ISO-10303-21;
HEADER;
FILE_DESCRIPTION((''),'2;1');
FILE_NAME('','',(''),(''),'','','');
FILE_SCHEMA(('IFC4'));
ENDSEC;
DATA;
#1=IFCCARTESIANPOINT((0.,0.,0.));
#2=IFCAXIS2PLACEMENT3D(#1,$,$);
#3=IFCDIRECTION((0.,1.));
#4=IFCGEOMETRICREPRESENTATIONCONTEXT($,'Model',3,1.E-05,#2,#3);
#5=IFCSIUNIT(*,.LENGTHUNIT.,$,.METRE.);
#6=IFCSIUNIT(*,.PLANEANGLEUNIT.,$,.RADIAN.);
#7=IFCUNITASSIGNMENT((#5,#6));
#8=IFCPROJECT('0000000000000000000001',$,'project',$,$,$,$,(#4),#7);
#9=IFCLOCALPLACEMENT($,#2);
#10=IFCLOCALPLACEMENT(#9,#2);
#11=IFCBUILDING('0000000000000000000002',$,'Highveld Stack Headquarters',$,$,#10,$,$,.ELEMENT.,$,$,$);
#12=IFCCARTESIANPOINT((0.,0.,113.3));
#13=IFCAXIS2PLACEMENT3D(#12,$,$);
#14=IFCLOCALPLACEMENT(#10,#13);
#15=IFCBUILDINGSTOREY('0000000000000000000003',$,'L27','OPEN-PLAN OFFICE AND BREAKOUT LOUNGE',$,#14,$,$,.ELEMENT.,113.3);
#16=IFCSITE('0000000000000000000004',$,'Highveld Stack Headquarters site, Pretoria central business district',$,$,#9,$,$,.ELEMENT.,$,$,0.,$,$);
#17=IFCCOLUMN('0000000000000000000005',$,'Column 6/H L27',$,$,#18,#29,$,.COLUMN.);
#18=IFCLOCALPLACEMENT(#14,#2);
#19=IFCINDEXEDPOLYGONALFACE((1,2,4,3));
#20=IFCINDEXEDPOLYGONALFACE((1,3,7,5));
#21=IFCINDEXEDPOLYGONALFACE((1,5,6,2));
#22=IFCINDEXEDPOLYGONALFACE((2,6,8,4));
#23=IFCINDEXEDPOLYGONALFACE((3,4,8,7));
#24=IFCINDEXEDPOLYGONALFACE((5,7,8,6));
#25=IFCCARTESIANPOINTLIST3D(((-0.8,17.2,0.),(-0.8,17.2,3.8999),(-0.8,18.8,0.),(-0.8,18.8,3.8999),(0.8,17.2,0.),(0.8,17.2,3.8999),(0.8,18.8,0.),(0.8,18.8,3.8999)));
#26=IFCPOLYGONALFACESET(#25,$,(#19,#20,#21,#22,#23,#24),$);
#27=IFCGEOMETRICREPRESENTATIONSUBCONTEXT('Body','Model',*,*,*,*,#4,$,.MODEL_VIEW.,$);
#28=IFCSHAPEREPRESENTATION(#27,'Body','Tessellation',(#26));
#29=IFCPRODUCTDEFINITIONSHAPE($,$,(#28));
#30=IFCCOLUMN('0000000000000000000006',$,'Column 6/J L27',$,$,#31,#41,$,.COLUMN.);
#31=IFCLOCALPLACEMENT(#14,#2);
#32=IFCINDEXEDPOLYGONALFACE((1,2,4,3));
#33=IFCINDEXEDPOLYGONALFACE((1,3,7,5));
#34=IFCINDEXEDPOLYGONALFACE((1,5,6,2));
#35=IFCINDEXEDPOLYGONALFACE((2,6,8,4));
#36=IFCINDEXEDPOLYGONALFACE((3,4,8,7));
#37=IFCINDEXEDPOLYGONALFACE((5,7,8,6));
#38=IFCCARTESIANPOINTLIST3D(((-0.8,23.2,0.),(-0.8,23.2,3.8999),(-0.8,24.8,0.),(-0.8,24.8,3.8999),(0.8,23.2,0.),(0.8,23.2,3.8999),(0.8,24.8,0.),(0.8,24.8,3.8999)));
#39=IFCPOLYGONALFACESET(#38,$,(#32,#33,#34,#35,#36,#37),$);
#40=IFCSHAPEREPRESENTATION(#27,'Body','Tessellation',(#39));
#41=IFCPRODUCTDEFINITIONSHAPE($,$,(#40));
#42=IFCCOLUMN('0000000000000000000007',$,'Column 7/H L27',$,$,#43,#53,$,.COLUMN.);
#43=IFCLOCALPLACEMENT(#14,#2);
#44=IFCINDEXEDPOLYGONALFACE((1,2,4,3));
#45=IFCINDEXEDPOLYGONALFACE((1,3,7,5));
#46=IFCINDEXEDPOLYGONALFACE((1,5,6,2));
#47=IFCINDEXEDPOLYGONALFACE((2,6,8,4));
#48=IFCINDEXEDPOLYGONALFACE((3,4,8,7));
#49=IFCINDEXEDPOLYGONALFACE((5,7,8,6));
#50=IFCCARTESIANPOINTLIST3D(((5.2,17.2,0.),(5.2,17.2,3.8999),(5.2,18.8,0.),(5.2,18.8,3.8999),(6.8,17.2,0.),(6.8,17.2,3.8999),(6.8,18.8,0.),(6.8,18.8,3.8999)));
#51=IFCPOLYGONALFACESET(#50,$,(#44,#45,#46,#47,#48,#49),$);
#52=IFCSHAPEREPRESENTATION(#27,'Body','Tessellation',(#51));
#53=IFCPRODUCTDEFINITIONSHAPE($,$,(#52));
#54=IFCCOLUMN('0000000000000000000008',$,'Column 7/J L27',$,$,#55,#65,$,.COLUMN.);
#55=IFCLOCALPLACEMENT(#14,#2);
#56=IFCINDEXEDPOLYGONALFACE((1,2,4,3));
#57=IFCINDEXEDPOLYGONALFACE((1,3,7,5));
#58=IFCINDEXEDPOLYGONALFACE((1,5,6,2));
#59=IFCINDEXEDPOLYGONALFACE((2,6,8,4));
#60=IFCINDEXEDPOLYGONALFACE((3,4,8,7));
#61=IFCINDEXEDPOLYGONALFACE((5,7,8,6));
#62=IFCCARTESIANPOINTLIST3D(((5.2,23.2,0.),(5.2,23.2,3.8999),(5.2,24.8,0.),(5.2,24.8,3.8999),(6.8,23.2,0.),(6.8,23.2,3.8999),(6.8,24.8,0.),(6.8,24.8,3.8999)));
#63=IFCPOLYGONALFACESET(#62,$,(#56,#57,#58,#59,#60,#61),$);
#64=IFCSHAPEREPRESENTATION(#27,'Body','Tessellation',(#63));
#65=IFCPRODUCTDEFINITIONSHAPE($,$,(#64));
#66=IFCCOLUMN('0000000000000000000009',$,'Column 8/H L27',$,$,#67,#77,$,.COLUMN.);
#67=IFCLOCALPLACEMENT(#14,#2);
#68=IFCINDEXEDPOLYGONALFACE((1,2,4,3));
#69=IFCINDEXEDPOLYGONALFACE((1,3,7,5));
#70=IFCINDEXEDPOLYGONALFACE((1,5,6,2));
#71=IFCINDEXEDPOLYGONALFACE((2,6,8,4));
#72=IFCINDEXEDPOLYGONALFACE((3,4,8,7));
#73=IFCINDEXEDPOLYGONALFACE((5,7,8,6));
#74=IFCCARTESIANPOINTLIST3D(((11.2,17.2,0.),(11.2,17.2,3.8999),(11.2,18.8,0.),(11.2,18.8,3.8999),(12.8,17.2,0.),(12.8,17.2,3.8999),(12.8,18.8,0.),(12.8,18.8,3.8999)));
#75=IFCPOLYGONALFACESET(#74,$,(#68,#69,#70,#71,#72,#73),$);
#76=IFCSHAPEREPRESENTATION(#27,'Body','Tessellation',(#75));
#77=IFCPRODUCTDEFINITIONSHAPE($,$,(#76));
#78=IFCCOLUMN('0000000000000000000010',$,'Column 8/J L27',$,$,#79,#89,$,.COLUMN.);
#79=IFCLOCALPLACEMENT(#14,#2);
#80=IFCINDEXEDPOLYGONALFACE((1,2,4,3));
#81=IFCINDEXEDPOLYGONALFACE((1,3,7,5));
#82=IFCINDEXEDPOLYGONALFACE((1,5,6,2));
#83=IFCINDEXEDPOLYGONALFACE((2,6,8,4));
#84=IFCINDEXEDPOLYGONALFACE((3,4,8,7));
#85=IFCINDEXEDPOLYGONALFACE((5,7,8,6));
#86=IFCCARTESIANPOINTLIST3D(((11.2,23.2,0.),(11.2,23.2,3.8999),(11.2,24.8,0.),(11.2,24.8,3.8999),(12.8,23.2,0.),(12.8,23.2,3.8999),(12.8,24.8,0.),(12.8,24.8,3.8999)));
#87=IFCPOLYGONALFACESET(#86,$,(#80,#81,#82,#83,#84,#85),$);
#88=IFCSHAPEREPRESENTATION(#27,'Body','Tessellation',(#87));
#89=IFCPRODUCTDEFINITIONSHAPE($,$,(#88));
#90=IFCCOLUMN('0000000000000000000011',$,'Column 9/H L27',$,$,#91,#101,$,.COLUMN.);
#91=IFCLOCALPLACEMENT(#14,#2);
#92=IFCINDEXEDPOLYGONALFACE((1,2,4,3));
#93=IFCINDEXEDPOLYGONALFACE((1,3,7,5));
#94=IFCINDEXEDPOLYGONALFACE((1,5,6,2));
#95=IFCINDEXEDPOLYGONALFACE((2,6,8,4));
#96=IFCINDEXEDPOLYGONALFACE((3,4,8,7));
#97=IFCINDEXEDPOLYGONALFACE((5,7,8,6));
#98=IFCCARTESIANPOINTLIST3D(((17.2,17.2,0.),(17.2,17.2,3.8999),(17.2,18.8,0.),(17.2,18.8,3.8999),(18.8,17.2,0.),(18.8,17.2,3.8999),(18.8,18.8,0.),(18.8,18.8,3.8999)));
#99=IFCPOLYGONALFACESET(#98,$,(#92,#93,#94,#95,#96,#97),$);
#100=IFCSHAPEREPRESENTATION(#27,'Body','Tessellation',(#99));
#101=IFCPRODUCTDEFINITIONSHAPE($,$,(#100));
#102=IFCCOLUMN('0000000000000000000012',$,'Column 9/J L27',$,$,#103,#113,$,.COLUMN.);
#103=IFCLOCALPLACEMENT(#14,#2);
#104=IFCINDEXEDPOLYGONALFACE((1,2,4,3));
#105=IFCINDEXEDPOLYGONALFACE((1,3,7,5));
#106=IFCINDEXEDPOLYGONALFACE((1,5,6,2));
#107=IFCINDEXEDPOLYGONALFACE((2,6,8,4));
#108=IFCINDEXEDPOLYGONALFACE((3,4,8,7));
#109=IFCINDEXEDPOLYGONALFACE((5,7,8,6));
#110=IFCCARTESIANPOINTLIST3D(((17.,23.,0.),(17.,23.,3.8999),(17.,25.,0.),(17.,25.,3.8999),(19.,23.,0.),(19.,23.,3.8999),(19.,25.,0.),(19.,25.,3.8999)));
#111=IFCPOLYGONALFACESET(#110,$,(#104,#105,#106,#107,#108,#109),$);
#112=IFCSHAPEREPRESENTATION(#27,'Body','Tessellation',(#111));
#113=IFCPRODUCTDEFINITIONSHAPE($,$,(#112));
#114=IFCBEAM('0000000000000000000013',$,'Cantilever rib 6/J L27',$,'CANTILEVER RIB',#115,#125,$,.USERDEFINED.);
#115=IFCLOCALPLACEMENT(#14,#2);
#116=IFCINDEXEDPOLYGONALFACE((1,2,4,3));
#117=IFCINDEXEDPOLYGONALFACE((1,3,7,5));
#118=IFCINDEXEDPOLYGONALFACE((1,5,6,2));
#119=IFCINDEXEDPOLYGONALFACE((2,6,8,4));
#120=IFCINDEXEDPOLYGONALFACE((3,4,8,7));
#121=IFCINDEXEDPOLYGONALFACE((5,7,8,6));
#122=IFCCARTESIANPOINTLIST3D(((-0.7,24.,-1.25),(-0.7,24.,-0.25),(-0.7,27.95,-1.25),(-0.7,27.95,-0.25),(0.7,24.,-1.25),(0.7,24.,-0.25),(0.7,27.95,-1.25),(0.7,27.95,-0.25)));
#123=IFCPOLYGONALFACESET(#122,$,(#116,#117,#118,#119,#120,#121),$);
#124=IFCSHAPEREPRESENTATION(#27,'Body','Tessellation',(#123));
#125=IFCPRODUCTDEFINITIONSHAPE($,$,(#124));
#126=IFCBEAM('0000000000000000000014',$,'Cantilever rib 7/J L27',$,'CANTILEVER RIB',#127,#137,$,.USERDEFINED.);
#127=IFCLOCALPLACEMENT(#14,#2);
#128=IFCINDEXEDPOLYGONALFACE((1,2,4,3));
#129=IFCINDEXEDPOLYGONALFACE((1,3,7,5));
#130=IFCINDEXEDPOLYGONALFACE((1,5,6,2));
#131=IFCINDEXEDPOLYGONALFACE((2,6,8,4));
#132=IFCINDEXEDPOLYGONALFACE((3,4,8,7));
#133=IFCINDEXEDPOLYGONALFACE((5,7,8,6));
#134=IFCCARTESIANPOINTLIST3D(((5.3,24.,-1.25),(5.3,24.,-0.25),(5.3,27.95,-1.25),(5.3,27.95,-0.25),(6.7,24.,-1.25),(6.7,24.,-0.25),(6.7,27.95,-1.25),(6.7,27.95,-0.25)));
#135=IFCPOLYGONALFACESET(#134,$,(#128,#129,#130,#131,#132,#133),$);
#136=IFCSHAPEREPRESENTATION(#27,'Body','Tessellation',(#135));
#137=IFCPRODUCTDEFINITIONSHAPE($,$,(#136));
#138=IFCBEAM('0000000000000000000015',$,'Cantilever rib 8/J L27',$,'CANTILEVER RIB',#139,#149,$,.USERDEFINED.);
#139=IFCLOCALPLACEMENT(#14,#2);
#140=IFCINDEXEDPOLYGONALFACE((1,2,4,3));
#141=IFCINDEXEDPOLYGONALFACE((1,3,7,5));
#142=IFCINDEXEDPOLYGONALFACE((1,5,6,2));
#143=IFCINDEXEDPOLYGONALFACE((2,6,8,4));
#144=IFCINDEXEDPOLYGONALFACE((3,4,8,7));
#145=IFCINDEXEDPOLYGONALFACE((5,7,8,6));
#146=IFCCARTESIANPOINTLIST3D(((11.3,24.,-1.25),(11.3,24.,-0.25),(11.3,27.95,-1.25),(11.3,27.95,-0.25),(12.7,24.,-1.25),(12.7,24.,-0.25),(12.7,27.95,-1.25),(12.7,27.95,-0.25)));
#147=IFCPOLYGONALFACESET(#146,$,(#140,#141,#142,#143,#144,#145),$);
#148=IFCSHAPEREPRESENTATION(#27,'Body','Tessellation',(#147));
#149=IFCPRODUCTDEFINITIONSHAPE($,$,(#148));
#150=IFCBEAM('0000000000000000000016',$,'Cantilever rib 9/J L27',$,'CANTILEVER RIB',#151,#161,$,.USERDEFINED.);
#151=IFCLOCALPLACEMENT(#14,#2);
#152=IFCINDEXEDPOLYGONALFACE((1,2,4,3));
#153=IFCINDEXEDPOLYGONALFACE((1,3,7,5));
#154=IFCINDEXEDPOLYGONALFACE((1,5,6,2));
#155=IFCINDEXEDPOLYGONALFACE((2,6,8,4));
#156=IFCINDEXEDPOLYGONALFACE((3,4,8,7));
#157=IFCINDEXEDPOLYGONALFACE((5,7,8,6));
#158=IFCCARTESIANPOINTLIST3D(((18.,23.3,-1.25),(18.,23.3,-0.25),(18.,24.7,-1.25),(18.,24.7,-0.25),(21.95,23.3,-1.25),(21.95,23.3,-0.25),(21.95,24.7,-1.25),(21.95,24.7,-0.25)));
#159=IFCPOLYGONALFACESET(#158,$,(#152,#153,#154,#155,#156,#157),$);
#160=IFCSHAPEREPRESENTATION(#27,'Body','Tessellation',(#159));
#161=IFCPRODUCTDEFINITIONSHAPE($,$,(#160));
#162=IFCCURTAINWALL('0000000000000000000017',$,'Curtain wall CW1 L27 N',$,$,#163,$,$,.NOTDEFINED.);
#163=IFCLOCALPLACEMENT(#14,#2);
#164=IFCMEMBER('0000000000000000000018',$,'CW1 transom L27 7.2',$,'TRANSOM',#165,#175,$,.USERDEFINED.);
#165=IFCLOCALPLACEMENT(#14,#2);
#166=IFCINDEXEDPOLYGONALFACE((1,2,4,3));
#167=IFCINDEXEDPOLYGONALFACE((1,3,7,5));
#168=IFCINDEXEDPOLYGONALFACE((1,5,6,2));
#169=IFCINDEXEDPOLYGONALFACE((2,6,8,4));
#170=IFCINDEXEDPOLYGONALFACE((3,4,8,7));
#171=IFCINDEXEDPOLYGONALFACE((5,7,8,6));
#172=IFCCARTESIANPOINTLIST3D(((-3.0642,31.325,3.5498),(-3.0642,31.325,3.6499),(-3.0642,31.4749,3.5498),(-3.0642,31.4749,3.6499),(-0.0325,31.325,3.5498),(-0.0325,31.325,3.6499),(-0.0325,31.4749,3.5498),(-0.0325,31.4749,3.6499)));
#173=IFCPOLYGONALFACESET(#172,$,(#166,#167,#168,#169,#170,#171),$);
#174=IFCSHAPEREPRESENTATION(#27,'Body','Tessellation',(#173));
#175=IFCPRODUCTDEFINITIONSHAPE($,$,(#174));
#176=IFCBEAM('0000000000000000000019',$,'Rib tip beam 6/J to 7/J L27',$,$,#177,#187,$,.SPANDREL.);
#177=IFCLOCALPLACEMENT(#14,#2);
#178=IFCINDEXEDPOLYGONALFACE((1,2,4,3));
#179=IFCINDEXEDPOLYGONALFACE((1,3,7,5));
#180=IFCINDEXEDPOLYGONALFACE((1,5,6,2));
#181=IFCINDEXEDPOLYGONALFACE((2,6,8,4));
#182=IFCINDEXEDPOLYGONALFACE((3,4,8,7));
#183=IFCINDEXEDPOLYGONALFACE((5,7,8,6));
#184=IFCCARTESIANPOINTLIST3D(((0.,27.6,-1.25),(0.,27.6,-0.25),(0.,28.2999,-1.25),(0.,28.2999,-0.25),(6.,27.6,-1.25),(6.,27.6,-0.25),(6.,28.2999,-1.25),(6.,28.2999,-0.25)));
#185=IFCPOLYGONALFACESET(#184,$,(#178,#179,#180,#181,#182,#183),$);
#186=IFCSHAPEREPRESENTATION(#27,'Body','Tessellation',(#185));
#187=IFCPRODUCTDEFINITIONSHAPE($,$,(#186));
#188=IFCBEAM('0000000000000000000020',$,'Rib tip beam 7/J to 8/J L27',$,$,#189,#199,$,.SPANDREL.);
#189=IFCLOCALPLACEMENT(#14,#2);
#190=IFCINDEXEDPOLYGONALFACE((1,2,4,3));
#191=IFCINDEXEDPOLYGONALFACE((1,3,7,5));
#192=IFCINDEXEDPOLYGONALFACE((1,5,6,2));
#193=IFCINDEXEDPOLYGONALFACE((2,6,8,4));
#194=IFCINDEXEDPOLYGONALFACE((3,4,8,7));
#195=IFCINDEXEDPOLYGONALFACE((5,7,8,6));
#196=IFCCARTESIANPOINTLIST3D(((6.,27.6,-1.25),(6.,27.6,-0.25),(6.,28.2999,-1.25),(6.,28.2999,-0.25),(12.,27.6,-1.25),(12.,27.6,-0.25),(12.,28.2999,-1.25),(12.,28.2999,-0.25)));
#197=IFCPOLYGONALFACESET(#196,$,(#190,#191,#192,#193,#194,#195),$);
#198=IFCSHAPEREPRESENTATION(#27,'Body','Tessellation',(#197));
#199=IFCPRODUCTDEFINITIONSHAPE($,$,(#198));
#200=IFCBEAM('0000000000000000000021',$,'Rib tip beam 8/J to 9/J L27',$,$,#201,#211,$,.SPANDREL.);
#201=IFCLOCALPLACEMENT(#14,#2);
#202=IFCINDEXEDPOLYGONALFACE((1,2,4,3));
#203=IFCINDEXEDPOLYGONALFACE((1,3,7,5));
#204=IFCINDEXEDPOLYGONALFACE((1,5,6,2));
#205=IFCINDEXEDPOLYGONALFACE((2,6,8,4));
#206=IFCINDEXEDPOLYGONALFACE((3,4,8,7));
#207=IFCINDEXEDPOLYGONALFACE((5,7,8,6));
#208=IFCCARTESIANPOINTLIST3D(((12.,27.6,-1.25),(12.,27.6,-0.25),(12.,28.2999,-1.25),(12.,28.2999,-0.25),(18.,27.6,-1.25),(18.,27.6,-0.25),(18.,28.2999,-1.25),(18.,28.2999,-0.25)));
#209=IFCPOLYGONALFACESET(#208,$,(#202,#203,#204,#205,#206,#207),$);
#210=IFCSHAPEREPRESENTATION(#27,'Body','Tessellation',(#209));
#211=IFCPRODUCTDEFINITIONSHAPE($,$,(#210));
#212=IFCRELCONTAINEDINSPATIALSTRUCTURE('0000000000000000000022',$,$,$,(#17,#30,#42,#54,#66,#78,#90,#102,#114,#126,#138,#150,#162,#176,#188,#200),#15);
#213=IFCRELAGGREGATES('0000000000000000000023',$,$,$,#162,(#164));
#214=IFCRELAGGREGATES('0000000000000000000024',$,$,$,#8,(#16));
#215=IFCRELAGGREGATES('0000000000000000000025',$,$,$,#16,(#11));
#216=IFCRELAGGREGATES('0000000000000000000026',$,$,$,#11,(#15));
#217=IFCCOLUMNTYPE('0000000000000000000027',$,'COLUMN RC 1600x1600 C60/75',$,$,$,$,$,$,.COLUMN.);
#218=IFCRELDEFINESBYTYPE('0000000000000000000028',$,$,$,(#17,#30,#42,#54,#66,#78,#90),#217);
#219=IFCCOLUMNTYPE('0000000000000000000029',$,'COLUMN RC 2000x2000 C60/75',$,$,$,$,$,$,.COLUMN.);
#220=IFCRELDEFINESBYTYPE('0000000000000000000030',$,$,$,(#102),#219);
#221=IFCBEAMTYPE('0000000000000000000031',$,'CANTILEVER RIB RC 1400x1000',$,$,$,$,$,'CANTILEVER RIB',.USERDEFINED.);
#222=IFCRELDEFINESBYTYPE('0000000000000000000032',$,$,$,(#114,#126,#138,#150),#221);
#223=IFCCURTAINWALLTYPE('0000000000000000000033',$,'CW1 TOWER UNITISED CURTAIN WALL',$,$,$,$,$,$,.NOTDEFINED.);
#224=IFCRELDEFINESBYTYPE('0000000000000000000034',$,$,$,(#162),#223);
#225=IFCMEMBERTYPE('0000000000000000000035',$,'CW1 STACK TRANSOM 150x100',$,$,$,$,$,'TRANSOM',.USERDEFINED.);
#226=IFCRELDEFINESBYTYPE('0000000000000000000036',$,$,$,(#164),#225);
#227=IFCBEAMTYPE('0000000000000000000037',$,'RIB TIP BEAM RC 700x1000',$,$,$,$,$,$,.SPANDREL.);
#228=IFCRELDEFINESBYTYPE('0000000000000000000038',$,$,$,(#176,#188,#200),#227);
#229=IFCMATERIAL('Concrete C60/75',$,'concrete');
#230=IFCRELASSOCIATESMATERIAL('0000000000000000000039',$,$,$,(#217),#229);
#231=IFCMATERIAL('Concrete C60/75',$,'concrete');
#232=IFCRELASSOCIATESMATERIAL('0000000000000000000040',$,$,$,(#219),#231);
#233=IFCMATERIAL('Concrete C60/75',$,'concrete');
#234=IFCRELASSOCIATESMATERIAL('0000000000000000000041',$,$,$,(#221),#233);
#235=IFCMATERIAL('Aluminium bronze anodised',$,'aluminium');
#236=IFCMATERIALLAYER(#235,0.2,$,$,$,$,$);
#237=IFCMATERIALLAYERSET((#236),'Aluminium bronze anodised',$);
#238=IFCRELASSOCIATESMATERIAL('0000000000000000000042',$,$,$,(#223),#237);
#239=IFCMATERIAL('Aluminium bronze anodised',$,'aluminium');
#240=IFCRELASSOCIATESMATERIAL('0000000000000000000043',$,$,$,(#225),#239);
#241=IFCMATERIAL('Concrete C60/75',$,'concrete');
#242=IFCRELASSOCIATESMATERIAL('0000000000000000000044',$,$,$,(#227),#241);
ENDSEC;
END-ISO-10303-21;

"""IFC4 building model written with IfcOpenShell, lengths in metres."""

from ifc_helpers import new_model, si_unit, direction, frame, origin, origin_2d, place, context, subcontext, project, spatial, rectangle, extrude, material, layer, layer_set, material_profile, profile_set, type_object, element, aggregate, save


model = new_model("IFC4")

# Units and contexts
model_context = context("Model", 3, precision=1e-05, world=origin(), true_north=direction((0.0, 1.0)))
body_context = subcontext(model_context, "Body", "Model", "MODEL_VIEW")
ifc_project = project(units=[si_unit("LENGTHUNIT", "METRE"), si_unit("PLANEANGLEUNIT", "RADIAN")], contexts=[model_context])

# Site, building, storey
site_placement = place(None, origin())
site = spatial("IfcSite", under=ifc_project, at=site_placement, Name="Highveld Stack Headquarters site, Pretoria central business district", CompositionType="ELEMENT", RefElevation=0.0)
building_placement = place(site_placement, origin())
building = spatial("IfcBuilding", under=site, at=building_placement, Name="Highveld Stack Headquarters", CompositionType="ELEMENT")
storey_placement = place(building_placement, frame((0.0, 0.0, 113.3)))
storey = spatial("IfcBuildingStorey", under=building, at=storey_placement, Name="L27", Description="OPEN-PLAN OFFICE AND BREAKOUT LOUNGE", CompositionType="ELEMENT", Elevation=113.3)

# Columns
ifc_material_1 = material(Name="Concrete C60/75", Category="concrete")
ifc_material_profile_1 = material_profile(ifc_material_1, rectangle(XDim=1.6001, YDim=1.6001, at=origin_2d()), Name="RC 1600x1600")
ifc_profile_set_1 = profile_set([ifc_material_profile_1], Name="Concrete C60/75")
column_type_1 = type_object("IfcColumnType", Name="COLUMN RC 1600x1600 C60/75", PredefinedType="COLUMN", material=ifc_profile_set_1)
for number, where, z_axis, x_axis, name in (
    (1, (0.0, 18.0, 0.0), (0.0, 0.0, 1.0), (1.0, 0.0, 0.0), "Column 6/H L27"),
    (2, (0.0, 24.0, 0.0), (0.0, 0.0, 1.0), (1.0, 0.0, 0.0), "Column 6/J L27"),
    (3, (6.0, 18.0, 0.0), (0.0, 0.0, 1.0), (1.0, 0.0, 0.0), "Column 7/H L27"),
    (4, (6.0, 24.0, 0.0), (0.0, 0.0, 1.0), (1.0, 0.0, 0.0), "Column 7/J L27"),
    (5, (12.0, 18.0, 0.0), (0.0, 0.0, 1.0), (1.0, 0.0, 0.0), "Column 8/H L27"),
    (6, (12.0, 24.0, 0.0), (0.0, 0.0, 1.0), (1.0, 0.0, 0.0), "Column 8/J L27"),
    (7, (18.0, 18.0, 0.0), (0.0, 0.0, 1.0), (1.0, 0.0, 0.0), "Column 9/H L27"),
):
    element("IfcColumn", number, at=place(storey_placement, frame(where, z_axis=z_axis, x_axis=x_axis)), inside=storey, type_object=column_type_1, Name=name, PredefinedType="COLUMN", context=body_context, shape_type="SweptSolid", body=[
        extrude(rectangle(XDim=1.6001, YDim=1.6001, at=origin_2d()), origin(), (0.0, 0.0, 1.0), 3.8999),
    ])
ifc_material_2 = material(Name="Concrete C60/75", Category="concrete")
ifc_material_profile_2 = material_profile(ifc_material_2, rectangle(XDim=2.0, YDim=2.0, at=origin_2d()), Name="RC 2000x2000")
ifc_profile_set_2 = profile_set([ifc_material_profile_2], Name="Concrete C60/75")
column_type_2 = type_object("IfcColumnType", Name="COLUMN RC 2000x2000 C60/75", PredefinedType="COLUMN", material=ifc_profile_set_2)
column_placement = place(storey_placement, frame((18.0, 24.0, 0.0), z_axis=(0.0, 0.0, 1.0), x_axis=(1.0, 0.0, 0.0)))
element("IfcColumn", 8, at=column_placement, inside=storey, type_object=column_type_2, Name="Column 9/J L27", PredefinedType="COLUMN", context=body_context, shape_type="SweptSolid", body=[
    extrude(rectangle(XDim=2.0, YDim=2.0, at=origin_2d()), origin(), (0.0, 0.0, 1.0), 3.8999),
])

# Beams
ifc_material_3 = material(Name="Concrete C60/75", Category="concrete")
ifc_material_profile_3 = material_profile(ifc_material_3, rectangle(XDim=1.3999, YDim=1.0, at=origin_2d()), Name="RC 1400x1000")
ifc_profile_set_3 = profile_set([ifc_material_profile_3], Name="Concrete C60/75")
beam_type_1 = type_object("IfcBeamType", Name="CANTILEVER RIB RC 1400x1000", ElementType="CANTILEVER RIB", PredefinedType="USERDEFINED", material=ifc_profile_set_3)
for number, where, z_axis, x_axis, name in (
    (9, (0.0, 24.0, -0.75), (0.0, 1.0, 0.0), (-1.0, 0.0, 0.0), "Cantilever rib 6/J L27"),
    (10, (6.0, 24.0, -0.75), (0.0, 1.0, 0.0), (-1.0, 0.0, 0.0), "Cantilever rib 7/J L27"),
    (11, (12.0, 24.0, -0.75), (0.0, 1.0, 0.0), (-1.0, 0.0, 0.0), "Cantilever rib 8/J L27"),
    (12, (18.0, 24.0, -0.75), (1.0, 0.0, 0.0), (0.0, 1.0, 0.0), "Cantilever rib 9/J L27"),
):
    element("IfcBeam", number, at=place(storey_placement, frame(where, z_axis=z_axis, x_axis=x_axis)), inside=storey, type_object=beam_type_1, Name=name, ObjectType="CANTILEVER RIB", PredefinedType="USERDEFINED", context=body_context, shape_type="SweptSolid", body=[
        extrude(rectangle(XDim=1.3999, YDim=1.0, at=origin_2d()), origin(), (0.0, 0.0, 1.0), 3.95),
    ])

# Curtain wall, member
ifc_material_4 = material(Name="Aluminium bronze anodised", Category="aluminium")
ifc_layer_1 = layer(ifc_material_4, 0.2)
ifc_layer_set_1 = layer_set([ifc_layer_1], Name="Aluminium bronze anodised")
curtain_wall_type = type_object("IfcCurtainWallType", Name="CW1 TOWER UNITISED CURTAIN WALL", PredefinedType="NOTDEFINED", material=ifc_layer_set_1)
curtain_wall_placement = place(storey_placement, origin())
curtain_wall = element("IfcCurtainWall", 13, at=curtain_wall_placement, inside=storey, type_object=curtain_wall_type, Name="Curtain wall CW1 L27 N", PredefinedType="NOTDEFINED")
ifc_material_5 = material(Name="Aluminium bronze anodised", Category="aluminium")
ifc_material_profile_4 = material_profile(ifc_material_5, rectangle(XDim=0.1499, YDim=0.1001, at=origin_2d()), Name="CW1 TRANSOM 150x100")
ifc_profile_set_4 = profile_set([ifc_material_profile_4], Name="Aluminium bronze anodised")
member_type = type_object("IfcMemberType", Name="CW1 STACK TRANSOM 150x100", ElementType="TRANSOM", PredefinedType="USERDEFINED", material=ifc_profile_set_4)
member_placement = place(storey_placement, frame((-0.0325, 31.3999, 3.5999), z_axis=(-1.0, 0.0, 0.0), x_axis=(0.0, -1.0, 0.0)))
member = element("IfcMember", 14, at=member_placement, type_object=member_type, Name="CW1 transom L27 7.2", ObjectType="TRANSOM", PredefinedType="USERDEFINED", context=body_context, shape_type="SweptSolid", body=[
    extrude(rectangle(XDim=0.1499, YDim=0.1001, at=origin_2d()), origin(), (0.0, 0.0, 1.0), 3.0317),
])
aggregate(curtain_wall, [member])

# Beams
ifc_material_6 = material(Name="Concrete C60/75", Category="concrete")
ifc_material_profile_5 = material_profile(ifc_material_6, rectangle(XDim=0.7, YDim=1.0, at=origin_2d()), Name="RC 700x1000")
ifc_profile_set_5 = profile_set([ifc_material_profile_5], Name="Concrete C60/75")
beam_type_2 = type_object("IfcBeamType", Name="RIB TIP BEAM RC 700x1000", PredefinedType="SPANDREL", material=ifc_profile_set_5)
for number, where, z_axis, x_axis, name in (
    (15, (0.0, 27.95, -0.75), (1.0, 0.0, 0.0), (0.0, 1.0, 0.0), "Rib tip beam 6/J to 7/J L27"),
    (16, (6.0, 27.95, -0.75), (1.0, 0.0, 0.0), (0.0, 1.0, 0.0), "Rib tip beam 7/J to 8/J L27"),
    (17, (12.0, 27.95, -0.75), (1.0, 0.0, 0.0), (0.0, 1.0, 0.0), "Rib tip beam 8/J to 9/J L27"),
):
    element("IfcBeam", number, at=place(storey_placement, frame(where, z_axis=z_axis, x_axis=x_axis)), inside=storey, type_object=beam_type_2, Name=name, PredefinedType="SPANDREL", context=body_context, shape_type="SweptSolid", body=[
        extrude(rectangle(XDim=0.7, YDim=1.0, at=origin_2d()), origin(), (0.0, 0.0, 1.0), 6.0),
    ])

save(model, "model.ifc")
